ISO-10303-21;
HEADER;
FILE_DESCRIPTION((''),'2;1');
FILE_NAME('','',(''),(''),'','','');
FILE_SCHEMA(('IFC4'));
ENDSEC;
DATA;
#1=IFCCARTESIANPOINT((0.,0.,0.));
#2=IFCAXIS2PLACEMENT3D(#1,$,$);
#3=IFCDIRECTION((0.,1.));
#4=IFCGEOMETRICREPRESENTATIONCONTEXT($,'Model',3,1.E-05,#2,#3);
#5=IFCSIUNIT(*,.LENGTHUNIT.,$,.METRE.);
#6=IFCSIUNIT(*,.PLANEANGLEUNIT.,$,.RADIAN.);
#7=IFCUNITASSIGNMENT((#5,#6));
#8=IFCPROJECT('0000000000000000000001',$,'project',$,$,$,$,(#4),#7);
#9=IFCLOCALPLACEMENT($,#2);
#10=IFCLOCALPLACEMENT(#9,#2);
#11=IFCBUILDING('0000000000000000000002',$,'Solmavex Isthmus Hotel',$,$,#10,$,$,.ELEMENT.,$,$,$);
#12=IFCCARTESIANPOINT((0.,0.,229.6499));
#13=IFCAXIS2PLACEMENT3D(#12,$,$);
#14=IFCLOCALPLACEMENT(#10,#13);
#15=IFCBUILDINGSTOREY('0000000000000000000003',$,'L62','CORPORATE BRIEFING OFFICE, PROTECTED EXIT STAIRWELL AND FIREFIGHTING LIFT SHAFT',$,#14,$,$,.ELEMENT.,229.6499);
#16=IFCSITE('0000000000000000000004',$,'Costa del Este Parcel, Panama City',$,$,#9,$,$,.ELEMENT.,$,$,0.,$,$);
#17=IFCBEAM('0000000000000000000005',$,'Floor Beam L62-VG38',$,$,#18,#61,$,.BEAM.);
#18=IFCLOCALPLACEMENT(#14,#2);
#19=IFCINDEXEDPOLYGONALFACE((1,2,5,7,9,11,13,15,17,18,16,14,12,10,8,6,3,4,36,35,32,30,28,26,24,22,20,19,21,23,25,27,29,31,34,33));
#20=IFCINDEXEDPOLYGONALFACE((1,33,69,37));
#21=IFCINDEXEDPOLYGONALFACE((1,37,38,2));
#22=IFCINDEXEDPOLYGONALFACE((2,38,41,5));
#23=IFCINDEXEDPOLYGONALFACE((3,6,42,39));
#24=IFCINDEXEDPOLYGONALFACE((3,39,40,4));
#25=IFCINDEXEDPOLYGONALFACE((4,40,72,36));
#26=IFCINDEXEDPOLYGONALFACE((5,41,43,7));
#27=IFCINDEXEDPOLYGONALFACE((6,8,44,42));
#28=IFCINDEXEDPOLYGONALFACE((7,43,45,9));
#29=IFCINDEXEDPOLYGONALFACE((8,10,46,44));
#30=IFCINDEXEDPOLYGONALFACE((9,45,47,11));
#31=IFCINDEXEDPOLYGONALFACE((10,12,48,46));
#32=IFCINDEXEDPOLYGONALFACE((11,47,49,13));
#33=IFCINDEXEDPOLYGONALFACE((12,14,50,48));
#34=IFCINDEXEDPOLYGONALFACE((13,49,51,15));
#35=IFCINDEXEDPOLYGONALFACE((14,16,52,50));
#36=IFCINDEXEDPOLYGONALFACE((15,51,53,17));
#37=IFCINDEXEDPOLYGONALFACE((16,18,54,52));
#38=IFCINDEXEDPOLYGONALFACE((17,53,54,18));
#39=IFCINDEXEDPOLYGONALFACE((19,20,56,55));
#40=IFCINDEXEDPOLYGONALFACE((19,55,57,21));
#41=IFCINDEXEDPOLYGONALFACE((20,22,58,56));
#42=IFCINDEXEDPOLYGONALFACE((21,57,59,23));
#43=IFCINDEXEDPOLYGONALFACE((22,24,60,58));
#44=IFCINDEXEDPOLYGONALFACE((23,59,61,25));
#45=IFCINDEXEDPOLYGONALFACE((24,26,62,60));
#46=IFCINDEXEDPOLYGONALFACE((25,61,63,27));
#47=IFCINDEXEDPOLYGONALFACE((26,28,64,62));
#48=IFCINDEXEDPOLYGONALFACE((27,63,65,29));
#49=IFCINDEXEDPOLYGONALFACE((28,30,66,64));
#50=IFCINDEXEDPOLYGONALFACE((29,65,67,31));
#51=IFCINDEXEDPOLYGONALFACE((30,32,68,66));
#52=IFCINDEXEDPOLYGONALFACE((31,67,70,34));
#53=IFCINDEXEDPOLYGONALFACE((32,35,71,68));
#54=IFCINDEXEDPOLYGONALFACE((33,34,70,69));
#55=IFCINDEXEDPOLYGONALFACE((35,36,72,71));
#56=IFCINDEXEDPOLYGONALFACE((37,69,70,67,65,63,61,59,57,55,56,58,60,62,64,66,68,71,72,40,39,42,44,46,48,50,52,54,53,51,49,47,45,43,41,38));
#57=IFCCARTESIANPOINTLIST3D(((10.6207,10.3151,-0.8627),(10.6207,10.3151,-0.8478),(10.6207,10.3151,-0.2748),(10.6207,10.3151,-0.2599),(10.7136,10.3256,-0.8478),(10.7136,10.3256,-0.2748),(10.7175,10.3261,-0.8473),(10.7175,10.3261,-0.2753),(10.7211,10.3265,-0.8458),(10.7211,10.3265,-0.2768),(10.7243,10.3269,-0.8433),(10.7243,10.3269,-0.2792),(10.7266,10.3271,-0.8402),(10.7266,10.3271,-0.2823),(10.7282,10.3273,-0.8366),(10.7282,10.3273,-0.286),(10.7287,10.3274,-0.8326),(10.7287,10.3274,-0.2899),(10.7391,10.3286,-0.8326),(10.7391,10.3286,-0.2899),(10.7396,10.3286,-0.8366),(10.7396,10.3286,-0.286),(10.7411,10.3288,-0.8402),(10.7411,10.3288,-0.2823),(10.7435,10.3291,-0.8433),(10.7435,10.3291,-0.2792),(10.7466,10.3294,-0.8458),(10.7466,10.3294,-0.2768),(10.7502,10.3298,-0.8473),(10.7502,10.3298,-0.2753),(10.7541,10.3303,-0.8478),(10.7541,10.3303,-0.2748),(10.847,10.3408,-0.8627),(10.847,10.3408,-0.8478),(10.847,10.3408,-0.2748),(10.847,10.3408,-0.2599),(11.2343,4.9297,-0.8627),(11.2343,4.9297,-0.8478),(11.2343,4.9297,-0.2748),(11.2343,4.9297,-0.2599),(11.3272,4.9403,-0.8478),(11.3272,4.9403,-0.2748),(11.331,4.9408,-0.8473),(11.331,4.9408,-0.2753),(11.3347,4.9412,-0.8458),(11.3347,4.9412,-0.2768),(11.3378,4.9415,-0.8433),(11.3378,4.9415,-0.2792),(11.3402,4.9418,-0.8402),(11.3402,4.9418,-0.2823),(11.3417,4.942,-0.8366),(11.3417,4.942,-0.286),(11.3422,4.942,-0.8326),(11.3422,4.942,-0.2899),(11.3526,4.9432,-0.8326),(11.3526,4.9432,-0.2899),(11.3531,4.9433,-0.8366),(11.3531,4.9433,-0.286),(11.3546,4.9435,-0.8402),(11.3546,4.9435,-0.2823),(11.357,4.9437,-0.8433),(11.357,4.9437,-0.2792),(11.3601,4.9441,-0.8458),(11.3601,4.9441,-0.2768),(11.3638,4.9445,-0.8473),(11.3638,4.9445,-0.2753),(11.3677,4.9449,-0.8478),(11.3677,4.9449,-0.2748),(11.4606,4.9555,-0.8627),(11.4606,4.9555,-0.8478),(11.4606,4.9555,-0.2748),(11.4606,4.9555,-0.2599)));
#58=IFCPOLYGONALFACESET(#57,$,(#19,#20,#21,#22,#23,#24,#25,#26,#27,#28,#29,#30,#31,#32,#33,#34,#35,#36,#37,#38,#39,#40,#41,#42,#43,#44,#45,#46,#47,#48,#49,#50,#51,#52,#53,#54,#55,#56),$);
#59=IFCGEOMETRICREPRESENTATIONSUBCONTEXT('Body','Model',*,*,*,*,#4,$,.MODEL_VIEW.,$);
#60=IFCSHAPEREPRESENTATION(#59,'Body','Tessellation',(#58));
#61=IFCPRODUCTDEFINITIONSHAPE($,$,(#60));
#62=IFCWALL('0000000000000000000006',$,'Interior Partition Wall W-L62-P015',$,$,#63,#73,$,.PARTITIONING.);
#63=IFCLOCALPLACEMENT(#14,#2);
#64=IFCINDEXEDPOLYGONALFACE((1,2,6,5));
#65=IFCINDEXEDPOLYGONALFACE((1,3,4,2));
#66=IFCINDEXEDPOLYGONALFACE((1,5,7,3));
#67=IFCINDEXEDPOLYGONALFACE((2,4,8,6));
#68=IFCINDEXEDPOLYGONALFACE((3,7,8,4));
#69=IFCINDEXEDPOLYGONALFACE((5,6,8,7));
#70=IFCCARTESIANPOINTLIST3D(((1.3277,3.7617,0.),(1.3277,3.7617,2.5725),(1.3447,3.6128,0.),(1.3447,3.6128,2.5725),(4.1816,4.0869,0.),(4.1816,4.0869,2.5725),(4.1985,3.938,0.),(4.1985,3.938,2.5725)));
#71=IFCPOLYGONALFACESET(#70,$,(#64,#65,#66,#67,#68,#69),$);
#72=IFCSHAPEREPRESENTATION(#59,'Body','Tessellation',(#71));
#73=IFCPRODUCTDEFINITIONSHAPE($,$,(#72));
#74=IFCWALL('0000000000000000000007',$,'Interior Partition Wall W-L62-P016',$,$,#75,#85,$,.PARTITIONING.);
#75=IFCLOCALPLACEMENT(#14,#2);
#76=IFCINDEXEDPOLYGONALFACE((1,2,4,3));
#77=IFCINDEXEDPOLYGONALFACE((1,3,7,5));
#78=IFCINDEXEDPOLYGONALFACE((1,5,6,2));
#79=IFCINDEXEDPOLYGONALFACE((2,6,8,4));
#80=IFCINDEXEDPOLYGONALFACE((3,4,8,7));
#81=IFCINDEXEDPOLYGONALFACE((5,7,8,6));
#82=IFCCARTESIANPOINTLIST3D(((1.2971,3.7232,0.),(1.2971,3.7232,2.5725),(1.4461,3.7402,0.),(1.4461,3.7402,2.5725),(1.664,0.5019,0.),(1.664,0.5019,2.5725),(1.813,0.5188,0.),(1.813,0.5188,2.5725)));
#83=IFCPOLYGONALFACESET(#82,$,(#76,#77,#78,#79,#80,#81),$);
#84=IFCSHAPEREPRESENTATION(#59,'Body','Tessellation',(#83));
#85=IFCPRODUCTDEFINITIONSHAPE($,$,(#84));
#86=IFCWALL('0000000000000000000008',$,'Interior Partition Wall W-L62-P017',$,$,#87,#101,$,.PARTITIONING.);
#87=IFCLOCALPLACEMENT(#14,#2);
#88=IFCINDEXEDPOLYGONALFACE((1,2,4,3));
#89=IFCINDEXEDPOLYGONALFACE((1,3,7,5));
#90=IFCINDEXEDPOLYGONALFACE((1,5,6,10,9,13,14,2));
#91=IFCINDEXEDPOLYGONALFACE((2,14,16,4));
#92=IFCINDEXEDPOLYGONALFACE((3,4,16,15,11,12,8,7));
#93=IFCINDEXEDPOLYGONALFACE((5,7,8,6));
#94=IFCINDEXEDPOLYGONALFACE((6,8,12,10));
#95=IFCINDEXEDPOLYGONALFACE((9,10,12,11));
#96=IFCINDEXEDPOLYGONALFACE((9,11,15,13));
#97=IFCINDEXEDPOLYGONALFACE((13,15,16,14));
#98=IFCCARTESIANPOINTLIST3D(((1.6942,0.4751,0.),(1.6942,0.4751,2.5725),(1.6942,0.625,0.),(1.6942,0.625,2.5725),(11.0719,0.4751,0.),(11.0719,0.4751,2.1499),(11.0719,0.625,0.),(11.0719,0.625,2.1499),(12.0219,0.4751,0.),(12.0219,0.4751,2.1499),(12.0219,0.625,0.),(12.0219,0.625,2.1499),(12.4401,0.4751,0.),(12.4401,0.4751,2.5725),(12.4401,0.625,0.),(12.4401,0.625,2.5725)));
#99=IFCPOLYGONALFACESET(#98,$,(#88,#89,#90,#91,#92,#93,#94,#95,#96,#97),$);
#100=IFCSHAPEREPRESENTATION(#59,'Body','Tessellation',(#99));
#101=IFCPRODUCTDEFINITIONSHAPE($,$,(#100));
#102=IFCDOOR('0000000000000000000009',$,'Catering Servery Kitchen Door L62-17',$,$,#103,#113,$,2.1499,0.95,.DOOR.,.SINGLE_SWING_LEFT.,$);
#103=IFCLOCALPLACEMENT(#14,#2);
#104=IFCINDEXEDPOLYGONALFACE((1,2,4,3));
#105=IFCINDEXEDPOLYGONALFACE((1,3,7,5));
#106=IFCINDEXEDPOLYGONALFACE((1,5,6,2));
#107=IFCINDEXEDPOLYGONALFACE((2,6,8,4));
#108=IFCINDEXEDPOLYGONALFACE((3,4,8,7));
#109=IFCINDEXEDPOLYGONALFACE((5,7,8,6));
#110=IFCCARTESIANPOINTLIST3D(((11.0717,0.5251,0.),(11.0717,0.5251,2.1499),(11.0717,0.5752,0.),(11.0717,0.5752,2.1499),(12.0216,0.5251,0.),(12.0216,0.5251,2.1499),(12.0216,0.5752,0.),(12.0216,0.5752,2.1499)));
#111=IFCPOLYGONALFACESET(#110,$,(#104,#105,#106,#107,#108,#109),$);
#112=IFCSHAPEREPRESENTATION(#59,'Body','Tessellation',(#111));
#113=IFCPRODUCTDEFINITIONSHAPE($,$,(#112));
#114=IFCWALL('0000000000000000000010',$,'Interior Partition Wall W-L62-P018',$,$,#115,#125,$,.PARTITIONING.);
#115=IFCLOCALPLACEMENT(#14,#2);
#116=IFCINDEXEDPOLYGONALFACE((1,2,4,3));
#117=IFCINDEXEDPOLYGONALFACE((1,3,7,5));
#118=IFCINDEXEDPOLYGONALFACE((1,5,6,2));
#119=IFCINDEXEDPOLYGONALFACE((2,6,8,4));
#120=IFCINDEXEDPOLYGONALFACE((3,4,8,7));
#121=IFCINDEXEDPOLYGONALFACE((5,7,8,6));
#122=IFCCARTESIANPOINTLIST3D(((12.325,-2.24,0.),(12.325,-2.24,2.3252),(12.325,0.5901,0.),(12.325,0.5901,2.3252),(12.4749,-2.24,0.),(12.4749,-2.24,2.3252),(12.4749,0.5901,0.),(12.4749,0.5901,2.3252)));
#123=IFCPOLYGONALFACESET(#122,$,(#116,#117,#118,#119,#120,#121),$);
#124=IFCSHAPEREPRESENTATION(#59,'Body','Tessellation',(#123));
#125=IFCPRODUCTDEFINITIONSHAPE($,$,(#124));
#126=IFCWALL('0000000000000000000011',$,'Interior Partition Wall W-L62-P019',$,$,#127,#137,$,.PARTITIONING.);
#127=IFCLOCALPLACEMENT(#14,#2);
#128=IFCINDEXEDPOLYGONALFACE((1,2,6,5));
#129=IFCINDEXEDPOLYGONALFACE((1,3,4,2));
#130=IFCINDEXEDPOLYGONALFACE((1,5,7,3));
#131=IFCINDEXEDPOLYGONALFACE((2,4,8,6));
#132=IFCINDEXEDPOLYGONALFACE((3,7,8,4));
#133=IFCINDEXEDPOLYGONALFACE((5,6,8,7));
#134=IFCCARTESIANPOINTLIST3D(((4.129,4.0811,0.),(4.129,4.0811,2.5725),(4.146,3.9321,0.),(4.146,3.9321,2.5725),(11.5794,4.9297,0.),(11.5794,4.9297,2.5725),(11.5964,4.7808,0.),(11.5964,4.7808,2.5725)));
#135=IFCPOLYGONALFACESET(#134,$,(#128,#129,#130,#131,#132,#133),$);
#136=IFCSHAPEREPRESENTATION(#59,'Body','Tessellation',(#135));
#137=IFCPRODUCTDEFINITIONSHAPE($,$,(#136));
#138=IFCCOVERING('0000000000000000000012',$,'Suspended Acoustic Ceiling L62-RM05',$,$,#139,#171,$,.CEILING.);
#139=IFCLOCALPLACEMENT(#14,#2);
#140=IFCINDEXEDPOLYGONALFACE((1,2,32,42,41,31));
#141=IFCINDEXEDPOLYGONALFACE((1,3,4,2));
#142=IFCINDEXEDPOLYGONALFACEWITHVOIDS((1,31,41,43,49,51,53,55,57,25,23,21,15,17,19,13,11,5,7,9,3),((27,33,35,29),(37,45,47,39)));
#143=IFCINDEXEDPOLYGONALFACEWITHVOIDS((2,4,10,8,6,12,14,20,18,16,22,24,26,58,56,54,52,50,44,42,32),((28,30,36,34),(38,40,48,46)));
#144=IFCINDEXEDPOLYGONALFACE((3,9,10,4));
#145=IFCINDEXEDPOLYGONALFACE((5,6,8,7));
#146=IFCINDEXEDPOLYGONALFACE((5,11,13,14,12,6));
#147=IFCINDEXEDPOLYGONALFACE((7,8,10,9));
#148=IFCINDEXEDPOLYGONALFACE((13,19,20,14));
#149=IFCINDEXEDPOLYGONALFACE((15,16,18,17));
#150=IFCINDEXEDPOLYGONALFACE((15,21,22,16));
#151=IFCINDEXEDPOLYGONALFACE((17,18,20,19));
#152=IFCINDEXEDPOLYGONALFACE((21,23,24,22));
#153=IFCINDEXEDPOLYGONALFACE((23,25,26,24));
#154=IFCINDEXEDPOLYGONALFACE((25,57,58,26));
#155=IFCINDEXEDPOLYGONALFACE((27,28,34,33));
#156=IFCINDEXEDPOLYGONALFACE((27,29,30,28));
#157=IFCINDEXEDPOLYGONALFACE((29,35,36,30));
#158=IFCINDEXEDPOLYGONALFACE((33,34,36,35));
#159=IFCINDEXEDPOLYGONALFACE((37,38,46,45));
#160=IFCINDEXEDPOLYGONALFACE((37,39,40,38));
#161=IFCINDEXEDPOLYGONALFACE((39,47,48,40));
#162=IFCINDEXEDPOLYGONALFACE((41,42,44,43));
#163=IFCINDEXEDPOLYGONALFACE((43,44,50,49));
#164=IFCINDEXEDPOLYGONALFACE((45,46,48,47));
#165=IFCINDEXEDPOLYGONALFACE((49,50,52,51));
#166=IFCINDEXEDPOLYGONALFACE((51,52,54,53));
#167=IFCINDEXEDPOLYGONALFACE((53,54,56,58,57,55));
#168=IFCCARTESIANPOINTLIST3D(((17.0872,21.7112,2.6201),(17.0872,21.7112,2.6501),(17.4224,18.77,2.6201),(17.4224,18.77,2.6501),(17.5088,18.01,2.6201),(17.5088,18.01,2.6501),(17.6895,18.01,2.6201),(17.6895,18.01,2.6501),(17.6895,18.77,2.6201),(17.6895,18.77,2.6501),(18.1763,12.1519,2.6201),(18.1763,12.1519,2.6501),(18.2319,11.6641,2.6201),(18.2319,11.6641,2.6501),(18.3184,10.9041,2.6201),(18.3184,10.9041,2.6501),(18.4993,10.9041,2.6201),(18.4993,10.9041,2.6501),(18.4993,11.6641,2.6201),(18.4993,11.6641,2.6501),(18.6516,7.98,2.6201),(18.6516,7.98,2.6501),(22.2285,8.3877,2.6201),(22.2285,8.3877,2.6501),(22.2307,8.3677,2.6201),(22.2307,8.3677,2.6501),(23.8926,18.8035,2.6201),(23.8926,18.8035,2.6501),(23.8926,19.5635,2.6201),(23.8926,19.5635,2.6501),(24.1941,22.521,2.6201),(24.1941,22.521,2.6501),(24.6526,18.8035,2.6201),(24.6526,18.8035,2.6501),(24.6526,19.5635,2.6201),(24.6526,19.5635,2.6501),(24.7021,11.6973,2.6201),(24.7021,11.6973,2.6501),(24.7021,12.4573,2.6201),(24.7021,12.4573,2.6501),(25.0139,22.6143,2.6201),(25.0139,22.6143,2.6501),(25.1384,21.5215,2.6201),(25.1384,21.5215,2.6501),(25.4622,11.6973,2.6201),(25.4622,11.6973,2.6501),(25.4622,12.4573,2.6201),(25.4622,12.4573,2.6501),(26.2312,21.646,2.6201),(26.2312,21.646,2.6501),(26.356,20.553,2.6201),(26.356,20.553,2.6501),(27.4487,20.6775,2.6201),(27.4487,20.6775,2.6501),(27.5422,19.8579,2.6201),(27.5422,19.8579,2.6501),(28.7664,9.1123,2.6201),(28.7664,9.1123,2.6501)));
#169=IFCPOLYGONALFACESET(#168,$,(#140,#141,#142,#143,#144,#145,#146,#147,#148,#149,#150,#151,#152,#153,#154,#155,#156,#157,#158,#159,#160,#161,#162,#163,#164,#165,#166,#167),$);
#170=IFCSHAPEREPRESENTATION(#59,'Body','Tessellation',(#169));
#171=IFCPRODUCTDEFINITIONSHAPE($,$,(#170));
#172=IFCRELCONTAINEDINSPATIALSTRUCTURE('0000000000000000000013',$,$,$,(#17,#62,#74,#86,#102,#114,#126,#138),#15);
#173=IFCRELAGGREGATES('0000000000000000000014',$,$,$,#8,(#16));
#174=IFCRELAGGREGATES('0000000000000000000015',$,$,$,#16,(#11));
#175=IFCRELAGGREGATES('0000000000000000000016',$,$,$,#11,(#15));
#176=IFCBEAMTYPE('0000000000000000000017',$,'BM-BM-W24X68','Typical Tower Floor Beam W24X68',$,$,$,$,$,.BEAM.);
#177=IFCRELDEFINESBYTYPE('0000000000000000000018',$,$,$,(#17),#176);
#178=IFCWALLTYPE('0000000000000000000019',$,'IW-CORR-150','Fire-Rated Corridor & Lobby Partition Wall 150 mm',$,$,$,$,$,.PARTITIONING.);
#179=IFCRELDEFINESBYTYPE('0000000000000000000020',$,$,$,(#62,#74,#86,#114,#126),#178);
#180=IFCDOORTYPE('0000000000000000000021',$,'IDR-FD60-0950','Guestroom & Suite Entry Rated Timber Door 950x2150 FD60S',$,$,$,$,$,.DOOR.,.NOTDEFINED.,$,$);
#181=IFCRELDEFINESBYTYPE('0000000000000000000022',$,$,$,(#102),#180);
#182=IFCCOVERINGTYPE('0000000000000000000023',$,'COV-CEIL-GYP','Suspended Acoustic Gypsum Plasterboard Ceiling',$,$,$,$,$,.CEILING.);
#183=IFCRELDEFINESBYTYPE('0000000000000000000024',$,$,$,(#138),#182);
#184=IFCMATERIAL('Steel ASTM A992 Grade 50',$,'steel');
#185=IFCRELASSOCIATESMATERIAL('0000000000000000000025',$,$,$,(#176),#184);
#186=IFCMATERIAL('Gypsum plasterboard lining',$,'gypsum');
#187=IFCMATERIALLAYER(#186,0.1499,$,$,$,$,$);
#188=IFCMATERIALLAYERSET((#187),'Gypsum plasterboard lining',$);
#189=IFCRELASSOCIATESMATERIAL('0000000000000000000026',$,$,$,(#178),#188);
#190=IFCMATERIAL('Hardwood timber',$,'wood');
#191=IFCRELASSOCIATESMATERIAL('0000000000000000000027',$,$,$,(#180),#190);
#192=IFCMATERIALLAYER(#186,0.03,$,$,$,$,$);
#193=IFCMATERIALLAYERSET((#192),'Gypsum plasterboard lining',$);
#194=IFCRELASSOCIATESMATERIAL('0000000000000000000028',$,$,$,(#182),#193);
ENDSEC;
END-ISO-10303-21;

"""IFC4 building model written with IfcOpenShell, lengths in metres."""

from ifc_helpers import new_model, si_unit, direction, frame, frame_2d, origin, origin_2d, place, context, subcontext, project, spatial, polyline, rectangle, i_section, outline, extrude, material, layer, layer_set, material_profile, profile_set, type_object, element, fill, save


model = new_model("IFC4")

# Units and contexts
model_context = context("Model", 3, precision=1e-05, world=origin(), true_north=direction((0.0, 1.0)))
body_context = subcontext(model_context, "Body", "Model", "MODEL_VIEW")
ifc_project = project(units=[si_unit("LENGTHUNIT", "METRE"), si_unit("PLANEANGLEUNIT", "RADIAN")], contexts=[model_context])

# Site, building, storey
site_placement = place(None, origin())
site = spatial("IfcSite", under=ifc_project, at=site_placement, Name="Costa del Este Parcel, Panama City", CompositionType="ELEMENT", RefElevation=0.0)
building_placement = place(site_placement, origin())
building = spatial("IfcBuilding", under=site, at=building_placement, Name="Solmavex Isthmus Hotel", CompositionType="ELEMENT")
storey_placement = place(building_placement, frame((0.0, 0.0, 229.6499)))
storey = spatial("IfcBuildingStorey", under=building, at=storey_placement, Name="L62", Description="CORPORATE BRIEFING OFFICE, PROTECTED EXIT STAIRWELL AND FIREFIGHTING LIFT SHAFT", CompositionType="ELEMENT", Elevation=229.6499)

# Beam
ifc_material_1 = material(Name="Steel ASTM A992 Grade 50", Category="steel")
ifc_material_profile_1 = material_profile(ifc_material_1, i_section(OverallWidth=0.2278, OverallDepth=0.6028, WebThickness=0.0105, FlangeThickness=0.0149, FilletRadius=0.0151, at=origin_2d()), Name="W24X68")
ifc_profile_set_1 = profile_set([ifc_material_profile_1], Name="Steel ASTM A992 Grade 50")
beam_type_1 = type_object("IfcBeamType", Name="BM-BM-W24X68", Description="Typical Tower Floor Beam W24X68", PredefinedType="BEAM", material=ifc_profile_set_1)
beam_1_placement = place(storey_placement, frame((11.3474, 4.9426, -0.5613), z_axis=(-0.113195, 0.993573, 0.0), x_axis=(-0.993573, -0.113195, 0.0)))
element("IfcBeam", 1, at=beam_1_placement, inside=storey, type_object=beam_type_1, Name="Floor Beam L62-VG38", PredefinedType="BEAM", context=body_context, shape_type="SweptSolid", body=[
    extrude(i_section(OverallWidth=0.2278, OverallDepth=0.6028, WebThickness=0.0105, FlangeThickness=0.0149, FilletRadius=0.0151, at=origin_2d()), origin(), (0.0, 0.0, 1.0), 5.4202),
])

# Walls
ifc_material_2 = material(Name="Gypsum plasterboard lining", Category="gypsum")
ifc_layer_1 = layer(ifc_material_2, 0.1499)
ifc_layer_set_1 = layer_set([ifc_layer_1], Name="Gypsum plasterboard lining")
wall_type = type_object("IfcWallType", Name="IW-CORR-150", Description="Fire-Rated Corridor & Lobby Partition Wall 150 mm", PredefinedType="PARTITIONING", material=ifc_layer_set_1)
wall_1_placement = place(storey_placement, frame((4.1899, 4.0125, 0.0), z_axis=(0.0, 0.0, 1.0), x_axis=(-0.99357, -0.113221, 0.0)))
element("IfcWall", 2, at=wall_1_placement, inside=storey, type_object=wall_type, Name="Interior Partition Wall W-L62-P015", PredefinedType="PARTITIONING", context=body_context, shape_type="SweptSolid", body=[
    extrude(rectangle(XDim=2.8723, YDim=0.1499, at=frame_2d((1.436, 0.0))), origin(), (0.0, 0.0, 1.0), 2.5725),
])
wall_2_placement = place(storey_placement, frame((1.3716, 3.7317, 0.0), z_axis=(0.0, 0.0, 1.0), x_axis=(0.113175, -0.993575, 0.0)))
element("IfcWall", 3, at=wall_2_placement, inside=storey, type_object=wall_type, Name="Interior Partition Wall W-L62-P016", PredefinedType="PARTITIONING", context=body_context, shape_type="SweptSolid", body=[
    extrude(rectangle(XDim=3.2422, YDim=0.1499, at=frame_2d((1.6211, 0.0))), origin(), (0.0, 0.0, 1.0), 2.5725),
])

# Wall, opening, door
wall_3_placement = place(storey_placement, frame((1.6941, 0.55, 0.0), z_axis=(0.0, 0.0, 1.0), x_axis=(1.0, 0.0, 0.0)))
wall_3 = element("IfcWall", 4, at=wall_3_placement, inside=storey, type_object=wall_type, Name="Interior Partition Wall W-L62-P017", PredefinedType="PARTITIONING", context=body_context, shape_type="SweptSolid", body=[
    extrude(rectangle(XDim=10.7458, YDim=0.1499, at=frame_2d((5.373, 0.0))), origin(), (0.0, 0.0, 1.0), 2.5725),
])
opening_placement = place(wall_3_placement, frame((9.3777, 0.0, 0.0)))
opening = element("IfcOpeningElement", 5, at=opening_placement, cuts=wall_3, PredefinedType="OPENING", context=body_context, shape_type="SweptSolid", body=[
    extrude(rectangle(XDim=0.95, YDim=2.1499, at=frame_2d((0.4751, 1.075))), frame((0.0, 0.085, 0.0), z_axis=(0.0, -1.0, 0.0), x_axis=(1.0, 0.0, 0.0)), (0.0, 0.0, 1.0), 0.1699),
])
ifc_material_3 = material(Name="Hardwood timber", Category="wood")
door_type = type_object("IfcDoorType", Name="IDR-FD60-0950", Description="Guestroom & Suite Entry Rated Timber Door 950x2150 FD60S", OperationType="NOTDEFINED", PredefinedType="DOOR", material=ifc_material_3)
door_placement = place(opening_placement, frame((0.95, 0.0, 0.0), z_axis=(0.0, 0.0, 1.0), x_axis=(-1.0, 0.0, 0.0)))
door = element("IfcDoor", 6, at=door_placement, inside=storey, type_object=door_type, Name="Catering Servery Kitchen Door L62-17", OperationType="SINGLE_SWING_LEFT", OverallHeight=2.1499, OverallWidth=0.95, PredefinedType="DOOR", context=body_context, shape_type="SweptSolid", body=[
    extrude(rectangle(XDim=0.95, YDim=2.1499, at=frame_2d((0.4751, 1.075))), frame((0.0, 0.0249, 0.0), z_axis=(0.0, -1.0, 0.0), x_axis=(1.0, 0.0, 0.0)), (0.0, 0.0, 1.0), 0.05),
])
fill(opening, door)

# Walls
wall_4_placement = place(storey_placement, frame((12.3999, 0.5901, 0.0), z_axis=(0.0, 0.0, 1.0), x_axis=(0.0, -1.0, 0.0)))
element("IfcWall", 7, at=wall_4_placement, inside=storey, type_object=wall_type, Name="Interior Partition Wall W-L62-P018", PredefinedType="PARTITIONING", context=body_context, shape_type="SweptSolid", body=[
    extrude(rectangle(XDim=2.8301, YDim=0.1499, at=frame_2d((1.415, 0.0))), origin(), (0.0, 0.0, 1.0), 2.3252),
])
wall_5_placement = place(storey_placement, frame((11.5879, 4.8552, 0.0), z_axis=(0.0, 0.0, 1.0), x_axis=(-0.993575, -0.113172, 0.0)))
element("IfcWall", 8, at=wall_5_placement, inside=storey, type_object=wall_type, Name="Interior Partition Wall W-L62-P019", PredefinedType="PARTITIONING", context=body_context, shape_type="SweptSolid", body=[
    extrude(rectangle(XDim=7.4985, YDim=0.1499, at=frame_2d((3.7493, 0.0))), origin(), (0.0, 0.0, 1.0), 2.5725),
])

# Covering
ifc_layer_2 = layer(ifc_material_2, 0.03)
ifc_layer_set_2 = layer_set([ifc_layer_2], Name="Gypsum plasterboard lining")
covering_type_1 = type_object("IfcCoveringType", Name="COV-CEIL-GYP", Description="Suspended Acoustic Gypsum Plasterboard Ceiling", PredefinedType="CEILING", material=ifc_layer_set_2)
covering_1_placement = place(storey_placement, frame((0.0, 0.0, 2.6201)))
element("IfcCovering", 9, at=covering_1_placement, inside=storey, type_object=covering_type_1, Name="Suspended Acoustic Ceiling L62-RM05", PredefinedType="CEILING", context=body_context, shape_type="SweptSolid", body=[
    extrude(outline(polyline([(18.2319, 11.6641), (18.4993, 11.6641), (18.4993, 10.9041), (18.3184, 10.9041), (18.6516, 7.98), (22.2285, 8.3877), (22.2307, 8.3677), (28.7664, 9.1123), (27.5422, 19.8579), (27.4487, 20.6775), (26.356, 20.553), (26.2312, 21.646), (25.1384, 21.5215), (25.0139, 22.6143), (24.1941, 22.521), (17.0872, 21.7112), (17.4224, 18.77), (17.6895, 18.77), (17.6895, 18.01), (17.5088, 18.01), (18.1763, 12.1519), (18.2319, 11.6641)]), holes=[polyline([(24.7021, 11.6973), (24.7021, 12.4573), (25.4622, 12.4573), (25.4622, 11.6973), (24.7021, 11.6973)]), polyline([(23.8926, 19.5635), (24.6526, 19.5635), (24.6526, 18.8035), (23.8926, 18.8035), (23.8926, 19.5635)])]), origin(), (0.0, 0.0, 1.0), 0.03),
])

save(model, "model.ifc")
